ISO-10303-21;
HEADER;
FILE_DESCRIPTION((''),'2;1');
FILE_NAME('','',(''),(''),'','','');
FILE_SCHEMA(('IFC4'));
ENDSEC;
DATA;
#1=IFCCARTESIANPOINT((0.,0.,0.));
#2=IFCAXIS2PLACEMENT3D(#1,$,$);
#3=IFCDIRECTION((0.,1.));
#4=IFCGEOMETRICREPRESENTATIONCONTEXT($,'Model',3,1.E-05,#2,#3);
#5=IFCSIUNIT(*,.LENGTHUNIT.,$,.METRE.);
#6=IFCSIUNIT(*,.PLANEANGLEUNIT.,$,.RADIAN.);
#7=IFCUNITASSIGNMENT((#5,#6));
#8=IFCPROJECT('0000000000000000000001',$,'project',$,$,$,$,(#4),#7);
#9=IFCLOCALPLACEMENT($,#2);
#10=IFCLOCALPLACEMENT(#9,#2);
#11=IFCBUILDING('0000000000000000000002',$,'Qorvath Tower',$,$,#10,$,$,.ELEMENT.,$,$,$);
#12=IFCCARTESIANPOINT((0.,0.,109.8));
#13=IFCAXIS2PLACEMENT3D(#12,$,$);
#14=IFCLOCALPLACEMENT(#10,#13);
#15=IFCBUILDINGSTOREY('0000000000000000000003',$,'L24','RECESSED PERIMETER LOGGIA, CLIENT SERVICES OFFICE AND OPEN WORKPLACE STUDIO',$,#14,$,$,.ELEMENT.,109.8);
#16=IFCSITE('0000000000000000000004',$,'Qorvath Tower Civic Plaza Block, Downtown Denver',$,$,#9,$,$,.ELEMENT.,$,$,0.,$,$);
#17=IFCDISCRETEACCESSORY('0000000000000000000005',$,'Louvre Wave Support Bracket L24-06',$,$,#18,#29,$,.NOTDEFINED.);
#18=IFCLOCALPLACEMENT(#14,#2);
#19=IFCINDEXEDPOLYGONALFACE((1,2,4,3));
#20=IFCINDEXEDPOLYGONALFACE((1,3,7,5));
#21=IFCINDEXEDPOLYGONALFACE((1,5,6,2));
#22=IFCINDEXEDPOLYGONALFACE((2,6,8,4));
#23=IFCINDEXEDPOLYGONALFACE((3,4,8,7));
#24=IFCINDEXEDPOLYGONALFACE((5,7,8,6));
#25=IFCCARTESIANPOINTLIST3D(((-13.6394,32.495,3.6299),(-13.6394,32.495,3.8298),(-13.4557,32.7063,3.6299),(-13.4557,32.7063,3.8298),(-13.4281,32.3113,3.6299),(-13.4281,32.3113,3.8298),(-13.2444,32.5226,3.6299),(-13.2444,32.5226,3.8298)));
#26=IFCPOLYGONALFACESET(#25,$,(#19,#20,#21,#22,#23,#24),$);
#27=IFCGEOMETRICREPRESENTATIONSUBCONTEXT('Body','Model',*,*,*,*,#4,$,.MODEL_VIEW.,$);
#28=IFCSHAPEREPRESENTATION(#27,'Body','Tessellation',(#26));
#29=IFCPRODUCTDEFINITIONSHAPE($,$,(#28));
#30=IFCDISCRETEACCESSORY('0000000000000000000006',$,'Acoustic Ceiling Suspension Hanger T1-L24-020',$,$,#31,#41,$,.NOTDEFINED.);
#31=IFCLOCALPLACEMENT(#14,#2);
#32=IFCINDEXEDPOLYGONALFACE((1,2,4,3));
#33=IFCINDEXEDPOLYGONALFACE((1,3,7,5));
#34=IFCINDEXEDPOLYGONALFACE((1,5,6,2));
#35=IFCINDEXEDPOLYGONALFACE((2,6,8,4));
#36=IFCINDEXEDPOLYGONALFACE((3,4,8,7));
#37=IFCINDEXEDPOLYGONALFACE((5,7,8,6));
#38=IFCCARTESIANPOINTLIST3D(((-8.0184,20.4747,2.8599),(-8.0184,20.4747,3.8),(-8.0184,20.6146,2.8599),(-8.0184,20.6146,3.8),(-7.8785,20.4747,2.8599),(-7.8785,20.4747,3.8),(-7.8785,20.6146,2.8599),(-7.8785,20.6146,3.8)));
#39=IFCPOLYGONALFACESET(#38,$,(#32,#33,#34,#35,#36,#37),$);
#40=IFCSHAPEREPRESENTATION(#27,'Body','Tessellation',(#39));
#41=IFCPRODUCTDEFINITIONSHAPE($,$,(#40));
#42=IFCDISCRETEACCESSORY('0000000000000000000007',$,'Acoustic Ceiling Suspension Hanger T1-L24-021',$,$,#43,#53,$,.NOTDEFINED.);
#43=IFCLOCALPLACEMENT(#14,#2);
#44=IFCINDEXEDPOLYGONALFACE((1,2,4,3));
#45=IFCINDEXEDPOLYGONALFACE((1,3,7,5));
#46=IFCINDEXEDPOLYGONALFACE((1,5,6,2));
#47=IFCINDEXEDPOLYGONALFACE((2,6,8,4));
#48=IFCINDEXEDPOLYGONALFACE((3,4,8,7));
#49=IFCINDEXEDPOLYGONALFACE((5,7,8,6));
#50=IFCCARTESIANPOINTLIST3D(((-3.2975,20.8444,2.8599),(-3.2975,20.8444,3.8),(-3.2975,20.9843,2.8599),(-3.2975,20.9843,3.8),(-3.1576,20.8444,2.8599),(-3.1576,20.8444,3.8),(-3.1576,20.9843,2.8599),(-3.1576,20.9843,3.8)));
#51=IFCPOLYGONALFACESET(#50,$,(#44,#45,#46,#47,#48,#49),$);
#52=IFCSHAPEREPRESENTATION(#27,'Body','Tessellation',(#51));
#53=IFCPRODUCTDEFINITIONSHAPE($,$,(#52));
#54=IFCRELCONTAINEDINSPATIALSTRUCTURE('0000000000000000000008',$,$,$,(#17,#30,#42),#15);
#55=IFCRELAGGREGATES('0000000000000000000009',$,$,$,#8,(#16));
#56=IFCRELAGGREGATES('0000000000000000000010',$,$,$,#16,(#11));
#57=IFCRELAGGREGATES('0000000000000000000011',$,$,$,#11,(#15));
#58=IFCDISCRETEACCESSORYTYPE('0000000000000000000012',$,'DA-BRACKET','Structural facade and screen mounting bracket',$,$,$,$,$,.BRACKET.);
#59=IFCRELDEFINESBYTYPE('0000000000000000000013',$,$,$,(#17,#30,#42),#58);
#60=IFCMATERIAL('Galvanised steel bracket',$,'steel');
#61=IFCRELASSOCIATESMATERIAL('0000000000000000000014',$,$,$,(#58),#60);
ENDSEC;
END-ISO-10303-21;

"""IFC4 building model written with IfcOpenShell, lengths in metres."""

from ifc_helpers import new_model, si_unit, direction, frame, origin, origin_2d, place, context, subcontext, project, spatial, rectangle, extrude, material, type_object, element, save


model = new_model("IFC4")

# Units and contexts
model_context = context("Model", 3, precision=1e-05, world=origin(), true_north=direction((0.0, 1.0)))
body_context = subcontext(model_context, "Body", "Model", "MODEL_VIEW")
ifc_project = project(units=[si_unit("LENGTHUNIT", "METRE"), si_unit("PLANEANGLEUNIT", "RADIAN")], contexts=[model_context])

# Site, building, storey
site_placement = place(None, origin())
site = spatial("IfcSite", under=ifc_project, at=site_placement, Name="Qorvath Tower Civic Plaza Block, Downtown Denver", CompositionType="ELEMENT", RefElevation=0.0)
building_placement = place(site_placement, origin())
building = spatial("IfcBuilding", under=site, at=building_placement, Name="Qorvath Tower", CompositionType="ELEMENT")
storey_placement = place(building_placement, frame((0.0, 0.0, 109.8)))
storey = spatial("IfcBuildingStorey", under=building, at=storey_placement, Name="L24", Description="RECESSED PERIMETER LOGGIA, CLIENT SERVICES OFFICE AND OPEN WORKPLACE STUDIO", CompositionType="ELEMENT", Elevation=109.8)

# Discrete accessories
ifc_material_1 = material(Name="Galvanised steel bracket", Category="steel")
discrete_accessory_type = type_object("IfcDiscreteAccessoryType", Name="DA-BRACKET", Description="Structural facade and screen mounting bracket", PredefinedType="BRACKET", material=ifc_material_1)
for number, where, z_axis, x_axis, name in (
    (1, (-13.4419, 32.5088, 3.6299), (0.0, 0.0, 1.0), (-0.754749, 0.656014, 0.0), "Louvre Wave Support Bracket L24-06"),
):
    element("IfcDiscreteAccessory", number, at=place(storey_placement, frame(where, z_axis=z_axis, x_axis=x_axis)), inside=storey, type_object=discrete_accessory_type, Name=name, PredefinedType="NOTDEFINED", context=body_context, shape_type="SweptSolid", body=[
        extrude(rectangle(XDim=0.28, YDim=0.28, at=origin_2d()), origin(), (0.0, 0.0, 1.0), 0.2),
    ])
for number, where, z_axis, x_axis, name in (
    (2, (-7.9485, 20.5447, 2.8599), (0.0, 0.0, 1.0), (1.0, 0.0, 0.0), "Acoustic Ceiling Suspension Hanger T1-L24-020"),
    (3, (-3.2275, 20.9143, 2.8599), (0.0, 0.0, 1.0), (1.0, 0.0, 0.0), "Acoustic Ceiling Suspension Hanger T1-L24-021"),
):
    element("IfcDiscreteAccessory", number, at=place(storey_placement, frame(where, z_axis=z_axis, x_axis=x_axis)), inside=storey, type_object=discrete_accessory_type, Name=name, PredefinedType="NOTDEFINED", context=body_context, shape_type="SweptSolid", body=[
        extrude(rectangle(XDim=0.1399, YDim=0.1399, at=origin_2d()), origin(), (0.0, 0.0, 1.0), 0.9402),
    ])

save(model, "model.ifc")
